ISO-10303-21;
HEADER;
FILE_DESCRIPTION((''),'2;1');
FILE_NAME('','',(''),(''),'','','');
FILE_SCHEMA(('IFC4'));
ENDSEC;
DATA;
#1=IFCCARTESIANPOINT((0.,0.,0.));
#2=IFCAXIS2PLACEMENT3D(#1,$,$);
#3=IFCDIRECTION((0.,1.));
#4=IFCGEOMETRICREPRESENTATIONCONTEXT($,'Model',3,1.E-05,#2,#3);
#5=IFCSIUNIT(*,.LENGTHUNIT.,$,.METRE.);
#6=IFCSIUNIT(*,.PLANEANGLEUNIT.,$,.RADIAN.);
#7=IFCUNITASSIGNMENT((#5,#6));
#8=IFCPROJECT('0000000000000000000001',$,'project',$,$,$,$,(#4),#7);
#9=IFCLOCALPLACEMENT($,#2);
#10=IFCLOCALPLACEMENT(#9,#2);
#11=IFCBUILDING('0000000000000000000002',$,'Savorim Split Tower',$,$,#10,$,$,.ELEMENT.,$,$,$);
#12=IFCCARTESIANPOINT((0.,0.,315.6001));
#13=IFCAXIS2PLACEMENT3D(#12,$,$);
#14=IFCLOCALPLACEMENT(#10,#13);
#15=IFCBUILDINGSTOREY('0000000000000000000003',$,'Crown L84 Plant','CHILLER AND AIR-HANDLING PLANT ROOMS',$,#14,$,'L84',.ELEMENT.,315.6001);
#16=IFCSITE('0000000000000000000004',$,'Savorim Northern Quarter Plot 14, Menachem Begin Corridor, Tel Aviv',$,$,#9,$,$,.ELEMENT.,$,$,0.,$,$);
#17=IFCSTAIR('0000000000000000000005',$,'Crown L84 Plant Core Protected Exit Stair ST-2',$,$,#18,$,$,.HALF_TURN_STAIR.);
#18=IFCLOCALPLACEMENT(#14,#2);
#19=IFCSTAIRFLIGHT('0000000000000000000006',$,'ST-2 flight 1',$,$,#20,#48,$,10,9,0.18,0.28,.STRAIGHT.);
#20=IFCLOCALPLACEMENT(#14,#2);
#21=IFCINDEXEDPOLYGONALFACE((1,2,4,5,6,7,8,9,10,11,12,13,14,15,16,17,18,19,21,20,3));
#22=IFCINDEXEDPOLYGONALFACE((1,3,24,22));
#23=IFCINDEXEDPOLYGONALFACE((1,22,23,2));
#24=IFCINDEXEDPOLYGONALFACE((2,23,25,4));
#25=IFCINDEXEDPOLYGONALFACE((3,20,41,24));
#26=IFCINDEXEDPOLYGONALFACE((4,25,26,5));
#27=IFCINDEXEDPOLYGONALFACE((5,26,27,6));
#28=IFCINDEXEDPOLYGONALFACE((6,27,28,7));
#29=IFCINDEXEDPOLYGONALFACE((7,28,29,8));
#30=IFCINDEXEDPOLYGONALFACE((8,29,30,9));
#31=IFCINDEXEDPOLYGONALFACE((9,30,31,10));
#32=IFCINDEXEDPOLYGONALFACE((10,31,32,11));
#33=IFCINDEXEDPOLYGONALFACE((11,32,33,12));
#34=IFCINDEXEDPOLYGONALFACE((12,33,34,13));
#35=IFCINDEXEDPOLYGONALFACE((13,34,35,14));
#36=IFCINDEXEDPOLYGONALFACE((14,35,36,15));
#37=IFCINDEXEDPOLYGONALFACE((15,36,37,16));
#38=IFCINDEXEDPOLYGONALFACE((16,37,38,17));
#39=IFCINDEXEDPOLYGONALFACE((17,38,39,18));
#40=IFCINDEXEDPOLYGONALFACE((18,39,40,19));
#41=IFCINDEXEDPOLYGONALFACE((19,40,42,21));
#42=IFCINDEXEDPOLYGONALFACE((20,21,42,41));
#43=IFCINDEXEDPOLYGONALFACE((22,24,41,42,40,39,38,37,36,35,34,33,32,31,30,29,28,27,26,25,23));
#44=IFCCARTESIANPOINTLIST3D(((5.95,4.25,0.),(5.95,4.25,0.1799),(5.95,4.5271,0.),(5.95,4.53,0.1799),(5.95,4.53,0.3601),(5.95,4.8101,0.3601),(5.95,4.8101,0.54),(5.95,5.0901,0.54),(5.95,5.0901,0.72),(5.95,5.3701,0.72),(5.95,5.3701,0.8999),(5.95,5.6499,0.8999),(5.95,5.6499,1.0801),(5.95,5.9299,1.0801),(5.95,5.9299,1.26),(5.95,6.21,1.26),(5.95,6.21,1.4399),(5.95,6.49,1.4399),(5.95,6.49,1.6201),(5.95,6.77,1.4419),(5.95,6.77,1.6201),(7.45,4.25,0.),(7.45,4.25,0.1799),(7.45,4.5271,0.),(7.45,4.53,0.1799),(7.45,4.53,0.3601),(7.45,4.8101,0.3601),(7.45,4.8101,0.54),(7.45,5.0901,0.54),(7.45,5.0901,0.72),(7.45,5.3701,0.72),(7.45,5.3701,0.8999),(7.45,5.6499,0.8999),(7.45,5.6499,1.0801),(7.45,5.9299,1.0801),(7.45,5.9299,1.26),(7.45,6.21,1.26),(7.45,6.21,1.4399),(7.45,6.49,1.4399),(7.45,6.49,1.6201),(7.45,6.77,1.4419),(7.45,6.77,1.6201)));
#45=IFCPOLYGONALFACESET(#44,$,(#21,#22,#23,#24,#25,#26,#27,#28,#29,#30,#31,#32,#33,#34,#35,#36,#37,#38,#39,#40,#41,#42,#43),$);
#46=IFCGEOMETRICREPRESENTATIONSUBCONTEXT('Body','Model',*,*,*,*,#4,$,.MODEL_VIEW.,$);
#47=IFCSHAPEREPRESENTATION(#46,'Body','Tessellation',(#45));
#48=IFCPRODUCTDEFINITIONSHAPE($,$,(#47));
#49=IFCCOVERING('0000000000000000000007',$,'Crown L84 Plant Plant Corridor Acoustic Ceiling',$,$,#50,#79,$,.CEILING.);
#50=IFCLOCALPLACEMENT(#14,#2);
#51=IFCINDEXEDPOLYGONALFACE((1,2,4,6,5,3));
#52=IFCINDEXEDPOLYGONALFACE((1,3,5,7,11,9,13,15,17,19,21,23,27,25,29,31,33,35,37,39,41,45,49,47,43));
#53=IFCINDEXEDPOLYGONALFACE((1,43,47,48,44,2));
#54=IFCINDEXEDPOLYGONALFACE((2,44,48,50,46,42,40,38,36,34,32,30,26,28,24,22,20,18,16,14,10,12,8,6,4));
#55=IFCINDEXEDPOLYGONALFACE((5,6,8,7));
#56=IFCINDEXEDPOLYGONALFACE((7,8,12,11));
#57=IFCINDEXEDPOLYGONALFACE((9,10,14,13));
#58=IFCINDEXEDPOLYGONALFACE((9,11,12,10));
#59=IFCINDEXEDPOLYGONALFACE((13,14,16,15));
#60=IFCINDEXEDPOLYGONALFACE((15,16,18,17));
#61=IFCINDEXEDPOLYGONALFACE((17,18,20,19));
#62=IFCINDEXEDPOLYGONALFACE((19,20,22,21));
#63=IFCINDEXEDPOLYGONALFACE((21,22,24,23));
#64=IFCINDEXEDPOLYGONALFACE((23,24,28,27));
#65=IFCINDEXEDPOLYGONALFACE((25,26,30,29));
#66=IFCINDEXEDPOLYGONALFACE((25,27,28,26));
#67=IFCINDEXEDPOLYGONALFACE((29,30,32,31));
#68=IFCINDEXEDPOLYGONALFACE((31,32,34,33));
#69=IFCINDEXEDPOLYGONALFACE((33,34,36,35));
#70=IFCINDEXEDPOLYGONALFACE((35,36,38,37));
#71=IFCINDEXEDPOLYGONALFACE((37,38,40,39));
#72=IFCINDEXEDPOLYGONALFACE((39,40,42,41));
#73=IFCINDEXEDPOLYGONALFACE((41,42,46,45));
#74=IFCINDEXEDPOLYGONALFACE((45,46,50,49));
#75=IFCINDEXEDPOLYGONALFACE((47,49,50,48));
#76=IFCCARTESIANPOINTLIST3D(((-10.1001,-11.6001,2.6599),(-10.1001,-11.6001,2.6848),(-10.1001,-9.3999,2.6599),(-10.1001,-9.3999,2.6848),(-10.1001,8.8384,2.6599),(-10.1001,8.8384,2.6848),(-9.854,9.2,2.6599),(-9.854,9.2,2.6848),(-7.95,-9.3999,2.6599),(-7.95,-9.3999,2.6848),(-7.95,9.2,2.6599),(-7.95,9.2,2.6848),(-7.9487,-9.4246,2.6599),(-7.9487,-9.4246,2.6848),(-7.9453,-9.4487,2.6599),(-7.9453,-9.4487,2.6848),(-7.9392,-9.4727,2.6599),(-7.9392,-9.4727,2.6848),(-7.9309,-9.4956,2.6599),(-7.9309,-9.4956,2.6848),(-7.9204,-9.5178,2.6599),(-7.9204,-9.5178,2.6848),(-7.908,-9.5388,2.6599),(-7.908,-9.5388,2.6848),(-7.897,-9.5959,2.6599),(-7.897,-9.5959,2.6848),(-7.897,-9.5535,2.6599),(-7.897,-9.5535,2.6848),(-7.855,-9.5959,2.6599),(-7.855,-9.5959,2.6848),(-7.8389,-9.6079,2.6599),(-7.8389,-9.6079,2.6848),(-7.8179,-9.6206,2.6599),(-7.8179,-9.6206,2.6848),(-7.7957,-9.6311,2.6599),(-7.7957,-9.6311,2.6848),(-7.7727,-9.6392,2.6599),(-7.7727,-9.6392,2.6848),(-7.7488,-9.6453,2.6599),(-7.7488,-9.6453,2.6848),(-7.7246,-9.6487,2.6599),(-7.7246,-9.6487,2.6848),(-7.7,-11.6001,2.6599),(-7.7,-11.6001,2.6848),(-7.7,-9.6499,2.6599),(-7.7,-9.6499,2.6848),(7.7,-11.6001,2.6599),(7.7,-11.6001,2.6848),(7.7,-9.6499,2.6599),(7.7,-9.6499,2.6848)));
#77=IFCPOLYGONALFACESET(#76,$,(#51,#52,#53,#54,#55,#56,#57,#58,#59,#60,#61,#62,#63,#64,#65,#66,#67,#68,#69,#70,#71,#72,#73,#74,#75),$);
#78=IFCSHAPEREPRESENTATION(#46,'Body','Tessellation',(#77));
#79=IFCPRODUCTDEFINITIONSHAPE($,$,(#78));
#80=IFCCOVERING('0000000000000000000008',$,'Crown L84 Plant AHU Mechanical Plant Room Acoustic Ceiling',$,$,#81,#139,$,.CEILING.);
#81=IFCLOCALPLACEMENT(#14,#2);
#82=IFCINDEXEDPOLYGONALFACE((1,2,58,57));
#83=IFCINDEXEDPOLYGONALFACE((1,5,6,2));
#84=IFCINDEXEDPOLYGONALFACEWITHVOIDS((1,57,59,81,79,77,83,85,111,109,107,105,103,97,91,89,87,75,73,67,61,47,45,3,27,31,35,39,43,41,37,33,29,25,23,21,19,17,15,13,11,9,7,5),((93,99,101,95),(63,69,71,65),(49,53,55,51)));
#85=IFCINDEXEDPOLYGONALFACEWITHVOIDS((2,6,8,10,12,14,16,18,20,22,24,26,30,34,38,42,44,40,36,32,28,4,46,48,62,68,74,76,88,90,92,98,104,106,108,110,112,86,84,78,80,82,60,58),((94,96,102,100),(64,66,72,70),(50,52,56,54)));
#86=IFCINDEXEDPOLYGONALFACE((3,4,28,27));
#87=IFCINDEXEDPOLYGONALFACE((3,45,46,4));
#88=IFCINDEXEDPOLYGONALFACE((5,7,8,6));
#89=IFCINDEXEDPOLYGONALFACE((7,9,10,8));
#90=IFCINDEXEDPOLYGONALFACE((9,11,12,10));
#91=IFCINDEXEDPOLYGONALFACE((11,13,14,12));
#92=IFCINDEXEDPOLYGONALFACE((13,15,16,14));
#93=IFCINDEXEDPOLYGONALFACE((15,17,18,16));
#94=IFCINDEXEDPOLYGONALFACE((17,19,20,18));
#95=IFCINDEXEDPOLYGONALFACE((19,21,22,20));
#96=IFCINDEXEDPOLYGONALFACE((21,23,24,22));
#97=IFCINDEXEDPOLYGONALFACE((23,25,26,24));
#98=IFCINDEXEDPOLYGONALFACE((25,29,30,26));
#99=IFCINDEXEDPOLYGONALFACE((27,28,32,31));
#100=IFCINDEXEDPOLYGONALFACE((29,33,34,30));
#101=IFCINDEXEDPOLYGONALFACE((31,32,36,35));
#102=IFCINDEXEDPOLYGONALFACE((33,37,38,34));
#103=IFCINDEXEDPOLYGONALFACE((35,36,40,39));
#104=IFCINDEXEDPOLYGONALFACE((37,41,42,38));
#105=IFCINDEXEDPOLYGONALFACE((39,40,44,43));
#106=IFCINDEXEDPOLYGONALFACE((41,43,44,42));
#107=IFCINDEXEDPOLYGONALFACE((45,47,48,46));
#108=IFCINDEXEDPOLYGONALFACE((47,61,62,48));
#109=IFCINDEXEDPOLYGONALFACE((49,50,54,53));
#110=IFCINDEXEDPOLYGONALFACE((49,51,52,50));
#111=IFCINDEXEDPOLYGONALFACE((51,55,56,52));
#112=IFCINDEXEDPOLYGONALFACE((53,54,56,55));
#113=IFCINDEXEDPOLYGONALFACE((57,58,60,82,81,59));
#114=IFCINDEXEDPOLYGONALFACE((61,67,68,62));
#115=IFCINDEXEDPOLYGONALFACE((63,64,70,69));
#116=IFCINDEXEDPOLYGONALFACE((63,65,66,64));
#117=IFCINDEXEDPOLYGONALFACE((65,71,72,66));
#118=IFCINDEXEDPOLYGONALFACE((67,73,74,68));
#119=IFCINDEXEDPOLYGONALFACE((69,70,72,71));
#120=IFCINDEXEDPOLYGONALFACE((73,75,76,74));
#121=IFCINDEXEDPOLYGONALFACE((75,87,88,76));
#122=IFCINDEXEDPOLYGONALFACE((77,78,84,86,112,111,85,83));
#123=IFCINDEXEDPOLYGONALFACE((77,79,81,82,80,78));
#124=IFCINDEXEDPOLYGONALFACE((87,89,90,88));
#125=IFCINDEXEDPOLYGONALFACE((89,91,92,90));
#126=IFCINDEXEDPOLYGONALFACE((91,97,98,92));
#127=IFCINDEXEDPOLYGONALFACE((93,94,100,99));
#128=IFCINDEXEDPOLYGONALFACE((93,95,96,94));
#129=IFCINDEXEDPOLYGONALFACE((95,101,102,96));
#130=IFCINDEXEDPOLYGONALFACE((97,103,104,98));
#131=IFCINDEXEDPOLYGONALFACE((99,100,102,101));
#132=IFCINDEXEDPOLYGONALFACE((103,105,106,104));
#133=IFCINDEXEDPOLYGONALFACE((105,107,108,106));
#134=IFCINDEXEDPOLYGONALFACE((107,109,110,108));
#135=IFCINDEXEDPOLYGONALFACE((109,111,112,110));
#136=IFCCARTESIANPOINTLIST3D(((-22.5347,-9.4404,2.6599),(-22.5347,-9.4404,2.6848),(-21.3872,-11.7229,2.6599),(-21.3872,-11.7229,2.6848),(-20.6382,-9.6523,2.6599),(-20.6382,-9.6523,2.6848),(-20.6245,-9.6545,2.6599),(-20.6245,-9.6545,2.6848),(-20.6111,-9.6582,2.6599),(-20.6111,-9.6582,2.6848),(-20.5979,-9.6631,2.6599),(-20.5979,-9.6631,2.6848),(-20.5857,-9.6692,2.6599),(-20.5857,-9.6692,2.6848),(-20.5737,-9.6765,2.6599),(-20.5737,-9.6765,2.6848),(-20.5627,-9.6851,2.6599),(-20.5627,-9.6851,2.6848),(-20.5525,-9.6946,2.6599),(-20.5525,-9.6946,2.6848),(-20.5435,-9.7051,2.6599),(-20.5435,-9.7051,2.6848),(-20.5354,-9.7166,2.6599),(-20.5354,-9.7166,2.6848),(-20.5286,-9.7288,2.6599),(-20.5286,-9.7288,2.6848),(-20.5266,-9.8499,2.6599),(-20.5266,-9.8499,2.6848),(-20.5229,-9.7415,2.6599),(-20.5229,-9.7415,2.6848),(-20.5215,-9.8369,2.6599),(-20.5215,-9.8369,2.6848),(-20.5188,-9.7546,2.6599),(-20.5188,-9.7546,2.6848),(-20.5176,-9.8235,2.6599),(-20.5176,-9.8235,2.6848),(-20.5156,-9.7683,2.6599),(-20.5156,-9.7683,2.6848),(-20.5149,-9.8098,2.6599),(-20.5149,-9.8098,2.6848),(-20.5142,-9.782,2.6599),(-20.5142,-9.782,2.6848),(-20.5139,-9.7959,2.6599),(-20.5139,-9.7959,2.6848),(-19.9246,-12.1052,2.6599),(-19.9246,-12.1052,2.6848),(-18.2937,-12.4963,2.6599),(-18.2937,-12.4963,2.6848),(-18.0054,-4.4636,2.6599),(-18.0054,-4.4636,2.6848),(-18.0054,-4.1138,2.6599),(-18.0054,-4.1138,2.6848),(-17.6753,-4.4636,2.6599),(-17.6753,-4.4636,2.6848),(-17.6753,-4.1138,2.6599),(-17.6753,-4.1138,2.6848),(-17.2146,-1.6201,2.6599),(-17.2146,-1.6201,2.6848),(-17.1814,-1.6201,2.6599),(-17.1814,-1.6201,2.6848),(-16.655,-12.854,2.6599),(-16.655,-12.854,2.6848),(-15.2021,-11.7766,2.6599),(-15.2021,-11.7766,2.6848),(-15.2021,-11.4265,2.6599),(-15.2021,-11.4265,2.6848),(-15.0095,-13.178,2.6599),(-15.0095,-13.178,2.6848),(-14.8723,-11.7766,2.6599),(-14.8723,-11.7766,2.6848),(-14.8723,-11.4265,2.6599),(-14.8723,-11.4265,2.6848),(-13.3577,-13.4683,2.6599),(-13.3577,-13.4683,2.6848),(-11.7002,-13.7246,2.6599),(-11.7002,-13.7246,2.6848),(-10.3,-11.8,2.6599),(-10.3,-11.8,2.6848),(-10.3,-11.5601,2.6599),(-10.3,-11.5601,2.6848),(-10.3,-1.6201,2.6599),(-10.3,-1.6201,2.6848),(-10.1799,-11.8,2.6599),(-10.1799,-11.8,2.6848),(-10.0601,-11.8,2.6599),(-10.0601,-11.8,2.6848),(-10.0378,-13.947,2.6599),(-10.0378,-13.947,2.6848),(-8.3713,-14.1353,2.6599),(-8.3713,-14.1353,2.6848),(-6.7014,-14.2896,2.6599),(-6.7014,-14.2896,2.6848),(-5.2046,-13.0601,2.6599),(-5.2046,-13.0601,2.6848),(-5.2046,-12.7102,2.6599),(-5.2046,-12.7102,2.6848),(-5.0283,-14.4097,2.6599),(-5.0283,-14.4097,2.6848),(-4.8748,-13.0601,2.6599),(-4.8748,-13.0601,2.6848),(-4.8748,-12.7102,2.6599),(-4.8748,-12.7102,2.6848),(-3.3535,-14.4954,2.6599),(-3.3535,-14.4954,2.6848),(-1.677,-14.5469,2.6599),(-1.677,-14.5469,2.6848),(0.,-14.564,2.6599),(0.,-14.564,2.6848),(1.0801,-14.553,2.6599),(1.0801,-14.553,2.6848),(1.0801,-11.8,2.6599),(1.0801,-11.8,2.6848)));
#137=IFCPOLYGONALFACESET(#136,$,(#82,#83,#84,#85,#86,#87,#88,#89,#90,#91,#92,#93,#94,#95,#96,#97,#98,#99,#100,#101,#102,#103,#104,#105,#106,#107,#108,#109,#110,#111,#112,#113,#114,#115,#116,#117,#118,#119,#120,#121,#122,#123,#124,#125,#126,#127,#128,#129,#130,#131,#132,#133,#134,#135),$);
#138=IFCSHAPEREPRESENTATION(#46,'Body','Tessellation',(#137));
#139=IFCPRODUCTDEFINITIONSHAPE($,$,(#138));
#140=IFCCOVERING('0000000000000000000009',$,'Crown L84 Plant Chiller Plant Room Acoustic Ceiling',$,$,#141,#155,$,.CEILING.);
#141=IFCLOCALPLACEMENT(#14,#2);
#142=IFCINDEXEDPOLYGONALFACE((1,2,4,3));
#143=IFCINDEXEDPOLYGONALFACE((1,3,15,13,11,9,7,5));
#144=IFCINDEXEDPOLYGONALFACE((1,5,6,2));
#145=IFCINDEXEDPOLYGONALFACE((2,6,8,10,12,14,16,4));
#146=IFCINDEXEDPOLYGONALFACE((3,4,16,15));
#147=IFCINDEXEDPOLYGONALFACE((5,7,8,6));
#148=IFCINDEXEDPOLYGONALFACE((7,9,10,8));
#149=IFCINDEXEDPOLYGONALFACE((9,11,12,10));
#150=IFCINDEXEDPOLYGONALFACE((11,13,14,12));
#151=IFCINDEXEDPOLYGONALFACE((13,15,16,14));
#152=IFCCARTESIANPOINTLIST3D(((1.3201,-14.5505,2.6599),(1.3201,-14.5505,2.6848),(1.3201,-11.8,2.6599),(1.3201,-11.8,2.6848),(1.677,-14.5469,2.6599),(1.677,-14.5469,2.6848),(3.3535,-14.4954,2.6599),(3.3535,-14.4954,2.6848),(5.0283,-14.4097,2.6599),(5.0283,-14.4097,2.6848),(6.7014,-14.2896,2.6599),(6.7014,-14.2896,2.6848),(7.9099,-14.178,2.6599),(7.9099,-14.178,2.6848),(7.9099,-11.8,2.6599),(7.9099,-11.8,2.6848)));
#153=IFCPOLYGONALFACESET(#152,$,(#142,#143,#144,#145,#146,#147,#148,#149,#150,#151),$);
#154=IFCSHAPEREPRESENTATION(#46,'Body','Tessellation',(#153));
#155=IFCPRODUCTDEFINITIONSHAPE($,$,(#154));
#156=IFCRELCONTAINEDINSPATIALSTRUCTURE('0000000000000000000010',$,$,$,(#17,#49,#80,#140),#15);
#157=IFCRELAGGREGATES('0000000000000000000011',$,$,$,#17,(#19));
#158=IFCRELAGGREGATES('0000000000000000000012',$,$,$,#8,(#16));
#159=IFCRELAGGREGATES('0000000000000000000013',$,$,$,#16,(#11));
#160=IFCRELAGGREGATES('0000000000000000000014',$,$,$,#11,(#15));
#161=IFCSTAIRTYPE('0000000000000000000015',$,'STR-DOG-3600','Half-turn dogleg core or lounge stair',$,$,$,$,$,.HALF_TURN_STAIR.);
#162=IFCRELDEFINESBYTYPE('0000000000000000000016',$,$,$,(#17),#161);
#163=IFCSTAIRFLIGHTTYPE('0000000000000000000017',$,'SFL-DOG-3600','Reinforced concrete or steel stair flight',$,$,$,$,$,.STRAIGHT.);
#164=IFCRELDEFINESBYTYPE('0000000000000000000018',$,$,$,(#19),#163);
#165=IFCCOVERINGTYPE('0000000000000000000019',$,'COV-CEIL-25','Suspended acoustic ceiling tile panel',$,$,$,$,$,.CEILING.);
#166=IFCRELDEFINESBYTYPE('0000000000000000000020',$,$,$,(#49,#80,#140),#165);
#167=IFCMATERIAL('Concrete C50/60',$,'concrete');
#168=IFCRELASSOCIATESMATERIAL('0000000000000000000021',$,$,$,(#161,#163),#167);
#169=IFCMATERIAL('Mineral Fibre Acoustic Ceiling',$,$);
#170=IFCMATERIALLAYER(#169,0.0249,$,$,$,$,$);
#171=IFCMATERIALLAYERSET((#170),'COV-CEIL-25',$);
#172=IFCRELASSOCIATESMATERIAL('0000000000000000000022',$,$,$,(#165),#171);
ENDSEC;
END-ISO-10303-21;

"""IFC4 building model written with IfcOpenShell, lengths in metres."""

from ifc_helpers import new_model, si_unit, direction, frame, origin, place, context, subcontext, project, spatial, polyline, outline, extrude, material, layer, layer_set, type_object, element, aggregate, save


model = new_model("IFC4")

# Units and contexts
model_context = context("Model", 3, precision=1e-05, world=origin(), true_north=direction((0.0, 1.0)))
body_context = subcontext(model_context, "Body", "Model", "MODEL_VIEW")
ifc_project = project(units=[si_unit("LENGTHUNIT", "METRE"), si_unit("PLANEANGLEUNIT", "RADIAN")], contexts=[model_context])

# Site, building, storey
site_placement = place(None, origin())
site = spatial("IfcSite", under=ifc_project, at=site_placement, Name="Savorim Northern Quarter Plot 14, Menachem Begin Corridor, Tel Aviv", CompositionType="ELEMENT", RefElevation=0.0)
building_placement = place(site_placement, origin())
building = spatial("IfcBuilding", under=site, at=building_placement, Name="Savorim Split Tower", CompositionType="ELEMENT")
storey_placement = place(building_placement, frame((0.0, 0.0, 315.6001)))
storey = spatial("IfcBuildingStorey", under=building, at=storey_placement, Name="Crown L84 Plant", Description="CHILLER AND AIR-HANDLING PLANT ROOMS", LongName="L84", CompositionType="ELEMENT", Elevation=315.6001)

# Shared definitions
ifc_material_1 = material(Name="Concrete C50/60", Category="concrete")

# Stair, stair flight
stair_type = type_object("IfcStairType", Name="STR-DOG-3600", Description="Half-turn dogleg core or lounge stair", PredefinedType="HALF_TURN_STAIR", material=ifc_material_1)
stair_placement = place(storey_placement, origin())
stair = element("IfcStair", 1, at=stair_placement, inside=storey, type_object=stair_type, Name="Crown L84 Plant Core Protected Exit Stair ST-2", PredefinedType="HALF_TURN_STAIR")
stair_flight_type = type_object("IfcStairFlightType", Name="SFL-DOG-3600", Description="Reinforced concrete or steel stair flight", PredefinedType="STRAIGHT", material=ifc_material_1)
stair_flight_placement = place(storey_placement, frame((6.7, 4.25, 0.0), z_axis=(0.0, 0.0, 1.0), x_axis=(0.0, 1.0, 0.0)))
stair_flight = element("IfcStairFlight", 2, at=stair_flight_placement, type_object=stair_flight_type, Name="ST-2 flight 1", NumberOfRisers=10, NumberOfTreads=9, PredefinedType="STRAIGHT", RiserHeight=0.18, TreadLength=0.28, context=body_context, shape_type="SweptSolid", body=[
    extrude(outline(polyline([(0.0, 0.0), (0.0, 0.1799), (0.28, 0.1799), (0.28, 0.3601), (0.5601, 0.3601), (0.5601, 0.54), (0.8401, 0.54), (0.8401, 0.72), (1.1201, 0.72), (1.1201, 0.8999), (1.3999, 0.8999), (1.3999, 1.0801), (1.6799, 1.0801), (1.6799, 1.26), (1.96, 1.26), (1.96, 1.4399), (2.24, 1.4399), (2.24, 1.6201), (2.52, 1.6201), (2.52, 1.8), (2.52, 1.4419), (0.2771, 0.0), (0.0, 0.0)])), frame((0.0, 0.75, 0.0), z_axis=(0.0, -1.0, 0.0), x_axis=(1.0, 0.0, 0.0)), (0.0, 0.0, 1.0), 1.5),
])
aggregate(stair, [stair_flight])

# Coverings
ifc_material_2 = material(Name="Mineral Fibre Acoustic Ceiling")
ifc_layer_1 = layer(ifc_material_2, 0.0249)
ifc_layer_set_1 = layer_set([ifc_layer_1], Name="COV-CEIL-25")
covering_type_1 = type_object("IfcCoveringType", Name="COV-CEIL-25", Description="Suspended acoustic ceiling tile panel", PredefinedType="CEILING", material=ifc_layer_set_1)
covering_1_placement = place(storey_placement, frame((0.0, 0.0, 2.6599)))
element("IfcCovering", 3, at=covering_1_placement, inside=storey, type_object=covering_type_1, Name="Crown L84 Plant Plant Corridor Acoustic Ceiling", PredefinedType="CEILING", context=body_context, shape_type="SweptSolid", body=[
    extrude(outline(polyline([(-10.1001, -11.6001), (-7.7, -11.6001), (7.7, -11.6001), (7.7, -9.6499), (-7.7, -9.6499), (-7.7246, -9.6487), (-7.7488, -9.6453), (-7.7727, -9.6392), (-7.7957, -9.6311), (-7.8179, -9.6206), (-7.8389, -9.6079), (-7.855, -9.5959), (-7.897, -9.5959), (-7.897, -9.5535), (-7.908, -9.5388), (-7.9204, -9.5178), (-7.9309, -9.4956), (-7.9392, -9.4727), (-7.9453, -9.4487), (-7.9487, -9.4246), (-7.95, -9.3999), (-7.95, 9.2), (-9.854, 9.2), (-10.1001, 8.8384), (-10.1001, -9.3999), (-10.1001, -11.6001)])), origin(), (0.0, 0.0, 1.0), 0.0249),
])
covering_2_placement = place(storey_placement, frame((0.0, 0.0, 2.6599)))
element("IfcCovering", 4, at=covering_2_placement, inside=storey, type_object=covering_type_1, Name="Crown L84 Plant AHU Mechanical Plant Room Acoustic Ceiling", PredefinedType="CEILING", context=body_context, shape_type="SweptSolid", body=[
    extrude(outline(polyline([(-3.3535, -14.4954), (-1.677, -14.5469), (0.0, -14.564), (1.0801, -14.553), (1.0801, -11.8), (-10.0601, -11.8), (-10.1799, -11.8), (-10.3, -11.8), (-10.3, -11.5601), (-10.3, -1.6201), (-17.1814, -1.6201), (-17.2146, -1.6201), (-22.5347, -9.4404), (-20.6382, -9.6523), (-20.6245, -9.6545), (-20.6111, -9.6582), (-20.5979, -9.6631), (-20.5857, -9.6692), (-20.5737, -9.6765), (-20.5627, -9.6851), (-20.5525, -9.6946), (-20.5435, -9.7051), (-20.5354, -9.7166), (-20.5286, -9.7288), (-20.5229, -9.7415), (-20.5188, -9.7546), (-20.5156, -9.7683), (-20.5142, -9.782), (-20.5139, -9.7959), (-20.5149, -9.8098), (-20.5176, -9.8235), (-20.5215, -9.8369), (-20.5266, -9.8499), (-21.3872, -11.7229), (-19.9246, -12.1052), (-18.2937, -12.4963), (-16.655, -12.854), (-15.0095, -13.178), (-13.3577, -13.4683), (-11.7002, -13.7246), (-10.0378, -13.947), (-8.3713, -14.1353), (-6.7014, -14.2896), (-5.0283, -14.4097), (-3.3535, -14.4954)]), holes=[polyline([(-15.2021, -11.4265), (-15.2021, -11.7766), (-14.8723, -11.7766), (-14.8723, -11.4265), (-15.2021, -11.4265)]), polyline([(-5.2046, -12.7102), (-5.2046, -13.0601), (-4.8748, -13.0601), (-4.8748, -12.7102), (-5.2046, -12.7102)]), polyline([(-18.0054, -4.1138), (-18.0054, -4.4636), (-17.6753, -4.4636), (-17.6753, -4.1138), (-18.0054, -4.1138)])]), origin(), (0.0, 0.0, 1.0), 0.0249),
])
covering_3_placement = place(storey_placement, frame((0.0, 0.0, 2.6599)))
element("IfcCovering", 5, at=covering_3_placement, inside=storey, type_object=covering_type_1, Name="Crown L84 Plant Chiller Plant Room Acoustic Ceiling", PredefinedType="CEILING", context=body_context, shape_type="SweptSolid", body=[
    extrude(outline(polyline([(3.3535, -14.4954), (5.0283, -14.4097), (6.7014, -14.2896), (7.9099, -14.178), (7.9099, -11.8), (1.3201, -11.8), (1.3201, -14.5505), (1.677, -14.5469), (3.3535, -14.4954)])), origin(), (0.0, 0.0, 1.0), 0.0249),
])

save(model, "model.ifc")
